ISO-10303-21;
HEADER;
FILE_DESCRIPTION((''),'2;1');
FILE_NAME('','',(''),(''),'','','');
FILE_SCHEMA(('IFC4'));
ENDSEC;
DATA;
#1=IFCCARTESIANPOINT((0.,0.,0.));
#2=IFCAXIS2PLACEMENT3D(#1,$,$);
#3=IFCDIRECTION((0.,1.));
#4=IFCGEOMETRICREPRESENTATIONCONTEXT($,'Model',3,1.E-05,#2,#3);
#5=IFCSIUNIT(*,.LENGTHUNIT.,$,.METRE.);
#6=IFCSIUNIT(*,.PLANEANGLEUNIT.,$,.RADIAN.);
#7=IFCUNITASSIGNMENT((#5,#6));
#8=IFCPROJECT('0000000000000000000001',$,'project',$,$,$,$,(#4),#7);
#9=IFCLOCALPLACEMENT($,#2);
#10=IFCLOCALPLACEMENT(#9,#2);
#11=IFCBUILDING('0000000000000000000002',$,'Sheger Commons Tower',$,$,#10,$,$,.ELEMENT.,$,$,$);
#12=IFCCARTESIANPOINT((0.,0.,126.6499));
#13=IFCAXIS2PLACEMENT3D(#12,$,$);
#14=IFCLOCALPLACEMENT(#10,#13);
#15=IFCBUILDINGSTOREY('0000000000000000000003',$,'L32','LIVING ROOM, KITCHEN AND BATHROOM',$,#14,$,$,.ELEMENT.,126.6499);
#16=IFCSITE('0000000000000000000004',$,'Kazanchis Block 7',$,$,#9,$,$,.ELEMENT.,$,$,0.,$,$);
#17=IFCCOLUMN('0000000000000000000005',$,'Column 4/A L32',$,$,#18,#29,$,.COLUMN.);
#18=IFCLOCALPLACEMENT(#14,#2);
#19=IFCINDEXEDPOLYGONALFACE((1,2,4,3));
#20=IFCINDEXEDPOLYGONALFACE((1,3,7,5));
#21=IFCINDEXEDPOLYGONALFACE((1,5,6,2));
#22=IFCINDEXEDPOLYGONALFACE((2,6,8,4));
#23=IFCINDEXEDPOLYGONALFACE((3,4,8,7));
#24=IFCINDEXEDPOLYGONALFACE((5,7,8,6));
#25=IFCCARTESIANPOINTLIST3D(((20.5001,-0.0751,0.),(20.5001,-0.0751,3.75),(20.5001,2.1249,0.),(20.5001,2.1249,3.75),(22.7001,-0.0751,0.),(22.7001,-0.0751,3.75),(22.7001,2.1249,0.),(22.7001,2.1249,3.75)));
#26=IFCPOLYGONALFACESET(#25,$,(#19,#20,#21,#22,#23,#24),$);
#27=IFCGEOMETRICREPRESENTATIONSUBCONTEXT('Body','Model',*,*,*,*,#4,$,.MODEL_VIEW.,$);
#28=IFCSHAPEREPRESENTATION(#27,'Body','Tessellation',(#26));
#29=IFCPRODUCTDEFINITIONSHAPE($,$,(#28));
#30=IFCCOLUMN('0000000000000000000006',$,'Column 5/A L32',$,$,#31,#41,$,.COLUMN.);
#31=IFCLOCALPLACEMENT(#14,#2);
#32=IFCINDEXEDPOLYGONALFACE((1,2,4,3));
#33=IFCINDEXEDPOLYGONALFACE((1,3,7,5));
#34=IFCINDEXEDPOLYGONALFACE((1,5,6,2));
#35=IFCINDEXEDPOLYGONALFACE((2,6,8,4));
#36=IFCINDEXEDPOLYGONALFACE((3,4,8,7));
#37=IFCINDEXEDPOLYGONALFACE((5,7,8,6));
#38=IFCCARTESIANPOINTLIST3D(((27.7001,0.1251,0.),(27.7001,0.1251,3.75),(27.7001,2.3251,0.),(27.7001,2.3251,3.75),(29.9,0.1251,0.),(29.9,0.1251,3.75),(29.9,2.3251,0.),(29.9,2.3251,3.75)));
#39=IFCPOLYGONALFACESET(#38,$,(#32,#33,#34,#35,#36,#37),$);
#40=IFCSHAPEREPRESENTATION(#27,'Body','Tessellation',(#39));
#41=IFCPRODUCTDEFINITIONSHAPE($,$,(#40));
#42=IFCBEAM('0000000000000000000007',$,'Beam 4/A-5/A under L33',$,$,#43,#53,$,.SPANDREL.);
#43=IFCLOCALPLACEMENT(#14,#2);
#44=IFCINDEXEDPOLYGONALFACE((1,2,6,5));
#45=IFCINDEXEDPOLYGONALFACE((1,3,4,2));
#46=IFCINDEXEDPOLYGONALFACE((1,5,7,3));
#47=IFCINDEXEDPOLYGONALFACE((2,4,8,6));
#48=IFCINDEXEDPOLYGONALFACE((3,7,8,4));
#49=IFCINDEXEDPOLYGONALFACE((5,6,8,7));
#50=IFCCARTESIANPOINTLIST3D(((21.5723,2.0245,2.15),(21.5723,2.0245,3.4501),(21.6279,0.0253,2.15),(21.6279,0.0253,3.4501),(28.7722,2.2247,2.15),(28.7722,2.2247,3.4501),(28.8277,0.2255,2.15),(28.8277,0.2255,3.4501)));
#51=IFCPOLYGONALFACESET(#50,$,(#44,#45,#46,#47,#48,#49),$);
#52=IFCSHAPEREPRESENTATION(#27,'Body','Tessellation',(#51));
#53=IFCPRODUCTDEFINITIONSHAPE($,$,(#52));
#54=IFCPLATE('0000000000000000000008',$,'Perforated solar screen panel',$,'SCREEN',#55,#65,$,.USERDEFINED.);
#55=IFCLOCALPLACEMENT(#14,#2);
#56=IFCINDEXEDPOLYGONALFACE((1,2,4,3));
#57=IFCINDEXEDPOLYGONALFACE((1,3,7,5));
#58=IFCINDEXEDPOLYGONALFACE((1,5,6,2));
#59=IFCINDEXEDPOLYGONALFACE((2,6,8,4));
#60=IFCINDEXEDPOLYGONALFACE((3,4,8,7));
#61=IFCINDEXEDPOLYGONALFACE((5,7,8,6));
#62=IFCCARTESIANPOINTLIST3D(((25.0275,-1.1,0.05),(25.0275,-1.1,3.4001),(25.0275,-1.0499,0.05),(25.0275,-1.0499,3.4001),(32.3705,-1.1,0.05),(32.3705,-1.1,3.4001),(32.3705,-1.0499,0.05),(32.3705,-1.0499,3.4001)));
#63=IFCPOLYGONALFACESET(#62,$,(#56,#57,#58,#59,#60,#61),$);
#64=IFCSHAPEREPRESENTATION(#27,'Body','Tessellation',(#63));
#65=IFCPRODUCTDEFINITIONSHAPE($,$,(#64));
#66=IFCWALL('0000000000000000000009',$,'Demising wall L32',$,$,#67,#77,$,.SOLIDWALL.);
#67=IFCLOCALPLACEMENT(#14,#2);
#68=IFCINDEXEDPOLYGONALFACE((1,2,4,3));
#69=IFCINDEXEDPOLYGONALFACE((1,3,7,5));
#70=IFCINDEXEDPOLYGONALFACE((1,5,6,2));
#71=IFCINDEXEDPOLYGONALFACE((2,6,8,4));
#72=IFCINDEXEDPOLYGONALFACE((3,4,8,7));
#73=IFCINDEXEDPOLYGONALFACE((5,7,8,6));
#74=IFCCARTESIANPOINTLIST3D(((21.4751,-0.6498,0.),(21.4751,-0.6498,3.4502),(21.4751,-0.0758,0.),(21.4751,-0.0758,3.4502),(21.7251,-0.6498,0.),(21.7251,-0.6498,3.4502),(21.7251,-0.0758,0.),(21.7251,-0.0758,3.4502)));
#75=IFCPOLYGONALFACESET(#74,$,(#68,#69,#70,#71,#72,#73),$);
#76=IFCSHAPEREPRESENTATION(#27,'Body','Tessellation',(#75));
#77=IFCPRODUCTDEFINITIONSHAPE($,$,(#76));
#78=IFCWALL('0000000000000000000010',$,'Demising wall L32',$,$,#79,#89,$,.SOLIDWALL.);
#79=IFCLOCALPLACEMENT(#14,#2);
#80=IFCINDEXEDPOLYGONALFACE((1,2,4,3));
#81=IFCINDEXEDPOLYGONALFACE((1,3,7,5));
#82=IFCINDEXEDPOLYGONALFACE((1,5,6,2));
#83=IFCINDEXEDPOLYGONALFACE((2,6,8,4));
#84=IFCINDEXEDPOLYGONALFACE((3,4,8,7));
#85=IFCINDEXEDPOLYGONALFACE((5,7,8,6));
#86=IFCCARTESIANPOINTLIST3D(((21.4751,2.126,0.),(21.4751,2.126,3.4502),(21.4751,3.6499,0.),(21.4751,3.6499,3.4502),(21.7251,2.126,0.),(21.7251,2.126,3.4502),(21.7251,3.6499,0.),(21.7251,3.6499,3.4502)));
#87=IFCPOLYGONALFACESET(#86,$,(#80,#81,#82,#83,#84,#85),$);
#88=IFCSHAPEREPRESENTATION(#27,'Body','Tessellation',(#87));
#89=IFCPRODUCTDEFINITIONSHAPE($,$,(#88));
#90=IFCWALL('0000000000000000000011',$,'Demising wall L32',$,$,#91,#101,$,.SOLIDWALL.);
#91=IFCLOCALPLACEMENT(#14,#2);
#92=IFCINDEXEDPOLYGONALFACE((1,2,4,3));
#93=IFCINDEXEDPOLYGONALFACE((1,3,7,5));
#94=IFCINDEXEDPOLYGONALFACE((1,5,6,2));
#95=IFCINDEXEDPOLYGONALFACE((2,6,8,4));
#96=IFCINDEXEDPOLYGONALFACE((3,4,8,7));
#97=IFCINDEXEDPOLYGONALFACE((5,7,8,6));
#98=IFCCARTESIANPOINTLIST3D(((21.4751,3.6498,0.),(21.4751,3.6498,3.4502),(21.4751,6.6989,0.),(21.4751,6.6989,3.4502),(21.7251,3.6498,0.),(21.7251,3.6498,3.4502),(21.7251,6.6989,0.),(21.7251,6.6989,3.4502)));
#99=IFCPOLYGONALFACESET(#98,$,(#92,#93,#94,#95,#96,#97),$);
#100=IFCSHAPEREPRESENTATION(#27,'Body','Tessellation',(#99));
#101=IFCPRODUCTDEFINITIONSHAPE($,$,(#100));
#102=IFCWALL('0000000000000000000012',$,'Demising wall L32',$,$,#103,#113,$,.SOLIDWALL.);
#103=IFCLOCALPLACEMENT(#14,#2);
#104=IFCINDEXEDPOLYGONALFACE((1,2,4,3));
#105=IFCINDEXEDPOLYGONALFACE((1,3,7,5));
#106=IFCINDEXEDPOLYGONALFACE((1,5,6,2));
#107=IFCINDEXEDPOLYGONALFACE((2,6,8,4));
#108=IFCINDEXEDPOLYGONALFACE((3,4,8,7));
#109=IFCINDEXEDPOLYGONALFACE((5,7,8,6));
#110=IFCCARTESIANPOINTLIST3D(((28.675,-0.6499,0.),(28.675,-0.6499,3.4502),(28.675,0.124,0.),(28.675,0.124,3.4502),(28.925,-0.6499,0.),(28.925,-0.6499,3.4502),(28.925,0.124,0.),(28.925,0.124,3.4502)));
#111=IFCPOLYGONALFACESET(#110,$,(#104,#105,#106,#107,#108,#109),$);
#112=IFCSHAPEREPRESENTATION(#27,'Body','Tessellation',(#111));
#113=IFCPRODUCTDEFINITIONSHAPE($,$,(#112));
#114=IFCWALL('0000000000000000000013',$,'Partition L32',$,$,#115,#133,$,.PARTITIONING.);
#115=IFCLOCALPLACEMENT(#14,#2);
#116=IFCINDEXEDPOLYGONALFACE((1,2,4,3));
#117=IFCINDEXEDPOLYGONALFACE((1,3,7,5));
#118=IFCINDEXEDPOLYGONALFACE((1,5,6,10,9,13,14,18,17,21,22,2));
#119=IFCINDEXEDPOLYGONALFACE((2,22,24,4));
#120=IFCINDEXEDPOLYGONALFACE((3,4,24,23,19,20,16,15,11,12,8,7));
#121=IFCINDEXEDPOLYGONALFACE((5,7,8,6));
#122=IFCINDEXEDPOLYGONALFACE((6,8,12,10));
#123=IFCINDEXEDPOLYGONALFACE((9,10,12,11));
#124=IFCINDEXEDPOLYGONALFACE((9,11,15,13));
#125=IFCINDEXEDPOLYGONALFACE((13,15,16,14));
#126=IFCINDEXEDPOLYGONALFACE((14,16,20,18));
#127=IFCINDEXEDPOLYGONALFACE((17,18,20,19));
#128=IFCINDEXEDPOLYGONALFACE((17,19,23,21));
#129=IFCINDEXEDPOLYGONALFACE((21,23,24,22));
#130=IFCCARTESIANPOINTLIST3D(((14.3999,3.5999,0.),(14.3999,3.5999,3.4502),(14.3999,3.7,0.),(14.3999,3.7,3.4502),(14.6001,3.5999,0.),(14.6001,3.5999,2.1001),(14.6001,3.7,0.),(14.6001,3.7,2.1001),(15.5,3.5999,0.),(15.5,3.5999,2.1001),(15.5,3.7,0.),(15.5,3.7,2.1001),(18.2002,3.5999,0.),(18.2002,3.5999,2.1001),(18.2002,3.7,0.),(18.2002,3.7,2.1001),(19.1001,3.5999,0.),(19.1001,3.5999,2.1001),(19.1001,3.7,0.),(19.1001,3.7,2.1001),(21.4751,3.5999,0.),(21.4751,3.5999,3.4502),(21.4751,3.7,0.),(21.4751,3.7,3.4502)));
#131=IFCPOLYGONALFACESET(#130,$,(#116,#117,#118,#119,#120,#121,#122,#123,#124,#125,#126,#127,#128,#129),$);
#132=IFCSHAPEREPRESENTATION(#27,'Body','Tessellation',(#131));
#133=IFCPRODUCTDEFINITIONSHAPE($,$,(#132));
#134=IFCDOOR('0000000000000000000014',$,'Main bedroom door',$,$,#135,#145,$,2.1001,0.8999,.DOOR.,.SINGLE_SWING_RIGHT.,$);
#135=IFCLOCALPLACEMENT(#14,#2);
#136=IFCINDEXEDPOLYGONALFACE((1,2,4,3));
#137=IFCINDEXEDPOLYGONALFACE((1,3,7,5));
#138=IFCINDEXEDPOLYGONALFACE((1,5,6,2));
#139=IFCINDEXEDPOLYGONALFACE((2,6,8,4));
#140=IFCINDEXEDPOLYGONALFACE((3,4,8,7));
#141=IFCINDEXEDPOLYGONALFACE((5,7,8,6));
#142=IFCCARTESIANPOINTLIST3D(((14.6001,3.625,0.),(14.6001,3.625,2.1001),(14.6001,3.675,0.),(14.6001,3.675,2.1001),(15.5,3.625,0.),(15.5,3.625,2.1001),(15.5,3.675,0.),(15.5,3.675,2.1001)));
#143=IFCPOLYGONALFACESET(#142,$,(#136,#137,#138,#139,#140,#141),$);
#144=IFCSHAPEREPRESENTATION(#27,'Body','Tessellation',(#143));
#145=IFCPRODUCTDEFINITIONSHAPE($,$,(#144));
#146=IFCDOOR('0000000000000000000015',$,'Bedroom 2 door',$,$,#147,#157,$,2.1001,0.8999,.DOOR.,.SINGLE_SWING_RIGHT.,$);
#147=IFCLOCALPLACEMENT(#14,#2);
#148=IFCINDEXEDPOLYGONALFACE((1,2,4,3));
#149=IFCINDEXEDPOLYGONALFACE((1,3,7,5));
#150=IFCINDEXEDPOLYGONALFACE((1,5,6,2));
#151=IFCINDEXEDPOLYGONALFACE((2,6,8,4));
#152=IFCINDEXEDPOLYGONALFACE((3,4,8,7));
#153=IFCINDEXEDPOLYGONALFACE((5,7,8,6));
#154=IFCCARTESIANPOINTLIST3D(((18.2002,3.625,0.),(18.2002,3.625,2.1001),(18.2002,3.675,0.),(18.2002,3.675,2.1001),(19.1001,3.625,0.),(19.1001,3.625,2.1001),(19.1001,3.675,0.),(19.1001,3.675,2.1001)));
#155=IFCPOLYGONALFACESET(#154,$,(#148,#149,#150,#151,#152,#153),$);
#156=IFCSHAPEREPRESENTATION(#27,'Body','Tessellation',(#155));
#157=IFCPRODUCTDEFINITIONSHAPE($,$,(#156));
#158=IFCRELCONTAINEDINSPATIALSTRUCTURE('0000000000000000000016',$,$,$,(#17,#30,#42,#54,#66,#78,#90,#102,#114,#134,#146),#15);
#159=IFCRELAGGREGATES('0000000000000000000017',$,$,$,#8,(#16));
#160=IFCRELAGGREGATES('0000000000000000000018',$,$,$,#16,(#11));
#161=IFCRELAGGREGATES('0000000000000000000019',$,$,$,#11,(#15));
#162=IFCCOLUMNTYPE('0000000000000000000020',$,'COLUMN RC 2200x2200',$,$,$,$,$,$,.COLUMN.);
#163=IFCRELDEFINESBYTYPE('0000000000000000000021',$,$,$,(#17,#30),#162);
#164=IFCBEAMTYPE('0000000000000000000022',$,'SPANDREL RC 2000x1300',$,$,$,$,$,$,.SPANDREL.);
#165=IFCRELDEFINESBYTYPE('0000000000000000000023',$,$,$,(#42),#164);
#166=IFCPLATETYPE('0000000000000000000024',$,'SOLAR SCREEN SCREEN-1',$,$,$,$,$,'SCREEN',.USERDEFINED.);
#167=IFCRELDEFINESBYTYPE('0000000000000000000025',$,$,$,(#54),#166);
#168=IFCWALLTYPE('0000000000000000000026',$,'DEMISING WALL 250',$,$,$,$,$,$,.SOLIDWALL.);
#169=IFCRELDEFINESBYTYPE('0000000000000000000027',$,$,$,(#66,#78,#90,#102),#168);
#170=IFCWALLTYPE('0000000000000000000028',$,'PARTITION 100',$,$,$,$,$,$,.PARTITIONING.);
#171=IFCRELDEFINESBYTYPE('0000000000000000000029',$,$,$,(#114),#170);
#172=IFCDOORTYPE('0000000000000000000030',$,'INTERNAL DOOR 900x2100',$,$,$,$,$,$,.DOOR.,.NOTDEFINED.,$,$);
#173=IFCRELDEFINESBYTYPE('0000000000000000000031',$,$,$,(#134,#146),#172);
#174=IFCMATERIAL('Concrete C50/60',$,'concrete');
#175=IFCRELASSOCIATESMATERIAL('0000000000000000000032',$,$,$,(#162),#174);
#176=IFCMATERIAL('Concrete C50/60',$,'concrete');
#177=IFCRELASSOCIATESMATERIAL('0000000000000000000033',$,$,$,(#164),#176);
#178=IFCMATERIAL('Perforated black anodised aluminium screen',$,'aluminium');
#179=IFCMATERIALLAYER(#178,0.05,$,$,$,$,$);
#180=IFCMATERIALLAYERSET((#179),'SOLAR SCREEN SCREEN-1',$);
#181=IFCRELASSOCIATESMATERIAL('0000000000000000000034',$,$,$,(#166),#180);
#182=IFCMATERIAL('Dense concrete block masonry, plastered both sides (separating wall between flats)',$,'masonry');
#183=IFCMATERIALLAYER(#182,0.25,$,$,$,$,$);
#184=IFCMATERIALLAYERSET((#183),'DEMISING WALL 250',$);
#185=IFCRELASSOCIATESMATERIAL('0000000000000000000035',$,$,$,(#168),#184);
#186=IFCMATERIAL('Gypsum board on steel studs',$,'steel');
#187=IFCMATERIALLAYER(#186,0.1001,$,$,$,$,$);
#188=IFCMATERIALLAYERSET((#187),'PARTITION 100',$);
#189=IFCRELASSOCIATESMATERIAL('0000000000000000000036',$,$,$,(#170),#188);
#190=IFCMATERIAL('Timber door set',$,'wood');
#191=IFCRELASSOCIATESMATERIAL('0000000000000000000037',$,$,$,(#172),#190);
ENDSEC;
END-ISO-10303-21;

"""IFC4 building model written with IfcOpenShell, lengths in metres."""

from ifc_helpers import new_model, si_unit, direction, frame, frame_2d, origin, origin_2d, place, context, subcontext, project, spatial, rectangle, extrude, material, layer, layer_set, material_profile, profile_set, type_object, element, fill, save


model = new_model("IFC4")

# Units and contexts
model_context = context("Model", 3, precision=1e-05, world=origin(), true_north=direction((0.0, 1.0)))
body_context = subcontext(model_context, "Body", "Model", "MODEL_VIEW")
ifc_project = project(units=[si_unit("LENGTHUNIT", "METRE"), si_unit("PLANEANGLEUNIT", "RADIAN")], contexts=[model_context])

# Site, building, storey
site_placement = place(None, origin())
site = spatial("IfcSite", under=ifc_project, at=site_placement, Name="Kazanchis Block 7", CompositionType="ELEMENT", RefElevation=0.0)
building_placement = place(site_placement, origin())
building = spatial("IfcBuilding", under=site, at=building_placement, Name="Sheger Commons Tower", CompositionType="ELEMENT")
storey_placement = place(building_placement, frame((0.0, 0.0, 126.6499)))
storey = spatial("IfcBuildingStorey", under=building, at=storey_placement, Name="L32", Description="LIVING ROOM, KITCHEN AND BATHROOM", CompositionType="ELEMENT", Elevation=126.6499)

# Columns
ifc_material_1 = material(Name="Concrete C50/60", Category="concrete")
ifc_material_profile_1 = material_profile(ifc_material_1, rectangle(XDim=2.2, YDim=2.2, at=origin_2d()), Name="RC 2200x2200")
ifc_profile_set_1 = profile_set([ifc_material_profile_1], Name="Concrete C50/60")
column_type = type_object("IfcColumnType", Name="COLUMN RC 2200x2200", PredefinedType="COLUMN", material=ifc_profile_set_1)
for number, where, z_axis, x_axis, name in (
    (1, (21.6001, 1.0249, 0.0), (0.0, 0.0, 1.0), (1.0, 0.0, 0.0), "Column 4/A L32"),
    (2, (28.8, 1.2251, 0.0), (0.0, 0.0, 1.0), (1.0, 0.0, 0.0), "Column 5/A L32"),
):
    element("IfcColumn", number, at=place(storey_placement, frame(where, z_axis=z_axis, x_axis=x_axis)), inside=storey, type_object=column_type, Name=name, PredefinedType="COLUMN", context=body_context, shape_type="SweptSolid", body=[
        extrude(rectangle(XDim=2.2, YDim=2.2, at=origin_2d()), origin(), (0.0, 0.0, 1.0), 3.75),
    ])

# Beam
ifc_material_2 = material(Name="Concrete C50/60", Category="concrete")
ifc_material_profile_2 = material_profile(ifc_material_2, rectangle(XDim=2.0, YDim=1.3, at=origin_2d()), Name="RC 2000x1300")
ifc_profile_set_2 = profile_set([ifc_material_profile_2], Name="Concrete C50/60")
beam_type = type_object("IfcBeamType", Name="SPANDREL RC 2000x1300", PredefinedType="SPANDREL", material=ifc_profile_set_2)
beam_placement = place(storey_placement, frame((21.6001, 1.0249, 2.8), z_axis=(0.999614, 0.027794, 0.0), x_axis=(-0.027794, 0.999614, 0.0)))
element("IfcBeam", 3, at=beam_placement, inside=storey, type_object=beam_type, Name="Beam 4/A-5/A under L33", PredefinedType="SPANDREL", context=body_context, shape_type="SweptSolid", body=[
    extrude(rectangle(XDim=2.0, YDim=1.3, at=origin_2d()), origin(), (0.0, 0.0, 1.0), 7.2026),
])

# Plate
ifc_material_3 = material(Name="Perforated black anodised aluminium screen", Category="aluminium")
ifc_layer_1 = layer(ifc_material_3, 0.05)
ifc_layer_set_1 = layer_set([ifc_layer_1], Name="SOLAR SCREEN SCREEN-1")
plate_type = type_object("IfcPlateType", Name="SOLAR SCREEN SCREEN-1", ElementType="SCREEN", PredefinedType="USERDEFINED", material=ifc_layer_set_1)
plate_placement = place(storey_placement, frame((28.699, -1.075, 0.05), z_axis=(0.0, 0.0, 1.0), x_axis=(1.0, 0.0, 0.0)))
element("IfcPlate", 4, at=plate_placement, inside=storey, type_object=plate_type, Name="Perforated solar screen panel", ObjectType="SCREEN", PredefinedType="USERDEFINED", context=body_context, shape_type="SweptSolid", body=[
    extrude(rectangle(XDim=7.343, YDim=0.05, at=origin_2d()), origin(), (0.0, 0.0, 1.0), 3.3501),
])

# Walls
ifc_material_4 = material(Name="Dense concrete block masonry, plastered both sides (separating wall between flats)", Category="masonry")
ifc_layer_2 = layer(ifc_material_4, 0.25)
ifc_layer_set_2 = layer_set([ifc_layer_2], Name="DEMISING WALL 250")
wall_type_1 = type_object("IfcWallType", Name="DEMISING WALL 250", PredefinedType="SOLIDWALL", material=ifc_layer_set_2)
wall_1_placement = place(storey_placement, frame((21.6001, -0.6499, 0.0), z_axis=(0.0, 0.0, 1.0), x_axis=(0.0, 1.0, 0.0)))
element("IfcWall", 5, at=wall_1_placement, inside=storey, type_object=wall_type_1, Name="Demising wall L32", PredefinedType="SOLIDWALL", context=body_context, shape_type="SweptSolid", body=[
    extrude(rectangle(XDim=0.574, YDim=0.25, at=frame_2d((0.2871, 0.0))), origin(), (0.0, 0.0, 1.0), 3.4502),
])
wall_2_placement = place(storey_placement, frame((21.6001, 2.126, 0.0), z_axis=(0.0, 0.0, 1.0), x_axis=(0.0, 1.0, 0.0)))
element("IfcWall", 6, at=wall_2_placement, inside=storey, type_object=wall_type_1, Name="Demising wall L32", PredefinedType="SOLIDWALL", context=body_context, shape_type="SweptSolid", body=[
    extrude(rectangle(XDim=1.5239, YDim=0.25, at=frame_2d((0.762, 0.0))), origin(), (0.0, 0.0, 1.0), 3.4502),
])
wall_3_placement = place(storey_placement, frame((21.6001, 3.6499, 0.0), z_axis=(0.0, 0.0, 1.0), x_axis=(0.0, 1.0, 0.0)))
element("IfcWall", 7, at=wall_3_placement, inside=storey, type_object=wall_type_1, Name="Demising wall L32", PredefinedType="SOLIDWALL", context=body_context, shape_type="SweptSolid", body=[
    extrude(rectangle(XDim=3.0491, YDim=0.25, at=frame_2d((1.5244, 0.0))), origin(), (0.0, 0.0, 1.0), 3.4502),
])
wall_4_placement = place(storey_placement, frame((28.8, -0.6499, 0.0), z_axis=(0.0, 0.0, 1.0), x_axis=(0.0, 1.0, 0.0)))
element("IfcWall", 8, at=wall_4_placement, inside=storey, type_object=wall_type_1, Name="Demising wall L32", PredefinedType="SOLIDWALL", context=body_context, shape_type="SweptSolid", body=[
    extrude(rectangle(XDim=0.7739, YDim=0.25, at=frame_2d((0.387, 0.0))), origin(), (0.0, 0.0, 1.0), 3.4502),
])

# Wall, openings, doors
ifc_material_5 = material(Name="Gypsum board on steel studs", Category="steel")
ifc_layer_3 = layer(ifc_material_5, 0.1001)
ifc_layer_set_3 = layer_set([ifc_layer_3], Name="PARTITION 100")
wall_type_2 = type_object("IfcWallType", Name="PARTITION 100", PredefinedType="PARTITIONING", material=ifc_layer_set_3)
wall_5_placement = place(storey_placement, frame((21.4751, 3.6499, 0.0), z_axis=(0.0, 0.0, 1.0), x_axis=(-1.0, 0.0, 0.0)))
wall_5 = element("IfcWall", 9, at=wall_5_placement, inside=storey, type_object=wall_type_2, Name="Partition L32", PredefinedType="PARTITIONING", context=body_context, shape_type="SweptSolid", body=[
    extrude(rectangle(XDim=7.0752, YDim=0.1001, at=frame_2d((3.5376, 0.0))), origin(), (0.0, 0.0, 1.0), 3.4502),
])
opening_1_placement = place(wall_5_placement, frame((5.9751, 0.0, 0.0)))
opening_1 = element("IfcOpeningElement", 10, at=opening_1_placement, cuts=wall_5, PredefinedType="OPENING", context=body_context, shape_type="SweptSolid", body=[
    extrude(rectangle(XDim=0.8999, YDim=2.1001, at=frame_2d((0.45, 1.05))), frame((0.0, 0.0601, 0.0), z_axis=(0.0, -1.0, 0.0), x_axis=(1.0, 0.0, 0.0)), (0.0, 0.0, 1.0), 0.1201),
])
opening_2_placement = place(wall_5_placement, frame((2.375, 0.0, 0.0)))
opening_2 = element("IfcOpeningElement", 11, at=opening_2_placement, cuts=wall_5, PredefinedType="OPENING", context=body_context, shape_type="SweptSolid", body=[
    extrude(rectangle(XDim=0.8999, YDim=2.1001, at=frame_2d((0.45, 1.05))), frame((0.0, 0.0601, 0.0), z_axis=(0.0, -1.0, 0.0), x_axis=(1.0, 0.0, 0.0)), (0.0, 0.0, 1.0), 0.1201),
])
ifc_material_6 = material(Name="Timber door set", Category="wood")
door_type = type_object("IfcDoorType", Name="INTERNAL DOOR 900x2100", OperationType="NOTDEFINED", PredefinedType="DOOR", material=ifc_material_6)
door_1_placement = place(opening_1_placement, origin())
door_1 = element("IfcDoor", 12, at=door_1_placement, inside=storey, type_object=door_type, Name="Main bedroom door", OperationType="SINGLE_SWING_RIGHT", OverallHeight=2.1001, OverallWidth=0.8999, PredefinedType="DOOR", context=body_context, shape_type="SweptSolid", body=[
    extrude(rectangle(XDim=0.8999, YDim=2.1001, at=frame_2d((0.45, 1.05))), frame((0.0, 0.0249, 0.0), z_axis=(0.0, -1.0, 0.0), x_axis=(1.0, 0.0, 0.0)), (0.0, 0.0, 1.0), 0.05),
])
fill(opening_1, door_1)
door_2_placement = place(opening_2_placement, origin())
door_2 = element("IfcDoor", 13, at=door_2_placement, inside=storey, type_object=door_type, Name="Bedroom 2 door", OperationType="SINGLE_SWING_RIGHT", OverallHeight=2.1001, OverallWidth=0.8999, PredefinedType="DOOR", context=body_context, shape_type="SweptSolid", body=[
    extrude(rectangle(XDim=0.8999, YDim=2.1001, at=frame_2d((0.45, 1.05))), frame((0.0, 0.0249, 0.0), z_axis=(0.0, -1.0, 0.0), x_axis=(1.0, 0.0, 0.0)), (0.0, 0.0, 1.0), 0.05),
])
fill(opening_2, door_2)

save(model, "model.ifc")
